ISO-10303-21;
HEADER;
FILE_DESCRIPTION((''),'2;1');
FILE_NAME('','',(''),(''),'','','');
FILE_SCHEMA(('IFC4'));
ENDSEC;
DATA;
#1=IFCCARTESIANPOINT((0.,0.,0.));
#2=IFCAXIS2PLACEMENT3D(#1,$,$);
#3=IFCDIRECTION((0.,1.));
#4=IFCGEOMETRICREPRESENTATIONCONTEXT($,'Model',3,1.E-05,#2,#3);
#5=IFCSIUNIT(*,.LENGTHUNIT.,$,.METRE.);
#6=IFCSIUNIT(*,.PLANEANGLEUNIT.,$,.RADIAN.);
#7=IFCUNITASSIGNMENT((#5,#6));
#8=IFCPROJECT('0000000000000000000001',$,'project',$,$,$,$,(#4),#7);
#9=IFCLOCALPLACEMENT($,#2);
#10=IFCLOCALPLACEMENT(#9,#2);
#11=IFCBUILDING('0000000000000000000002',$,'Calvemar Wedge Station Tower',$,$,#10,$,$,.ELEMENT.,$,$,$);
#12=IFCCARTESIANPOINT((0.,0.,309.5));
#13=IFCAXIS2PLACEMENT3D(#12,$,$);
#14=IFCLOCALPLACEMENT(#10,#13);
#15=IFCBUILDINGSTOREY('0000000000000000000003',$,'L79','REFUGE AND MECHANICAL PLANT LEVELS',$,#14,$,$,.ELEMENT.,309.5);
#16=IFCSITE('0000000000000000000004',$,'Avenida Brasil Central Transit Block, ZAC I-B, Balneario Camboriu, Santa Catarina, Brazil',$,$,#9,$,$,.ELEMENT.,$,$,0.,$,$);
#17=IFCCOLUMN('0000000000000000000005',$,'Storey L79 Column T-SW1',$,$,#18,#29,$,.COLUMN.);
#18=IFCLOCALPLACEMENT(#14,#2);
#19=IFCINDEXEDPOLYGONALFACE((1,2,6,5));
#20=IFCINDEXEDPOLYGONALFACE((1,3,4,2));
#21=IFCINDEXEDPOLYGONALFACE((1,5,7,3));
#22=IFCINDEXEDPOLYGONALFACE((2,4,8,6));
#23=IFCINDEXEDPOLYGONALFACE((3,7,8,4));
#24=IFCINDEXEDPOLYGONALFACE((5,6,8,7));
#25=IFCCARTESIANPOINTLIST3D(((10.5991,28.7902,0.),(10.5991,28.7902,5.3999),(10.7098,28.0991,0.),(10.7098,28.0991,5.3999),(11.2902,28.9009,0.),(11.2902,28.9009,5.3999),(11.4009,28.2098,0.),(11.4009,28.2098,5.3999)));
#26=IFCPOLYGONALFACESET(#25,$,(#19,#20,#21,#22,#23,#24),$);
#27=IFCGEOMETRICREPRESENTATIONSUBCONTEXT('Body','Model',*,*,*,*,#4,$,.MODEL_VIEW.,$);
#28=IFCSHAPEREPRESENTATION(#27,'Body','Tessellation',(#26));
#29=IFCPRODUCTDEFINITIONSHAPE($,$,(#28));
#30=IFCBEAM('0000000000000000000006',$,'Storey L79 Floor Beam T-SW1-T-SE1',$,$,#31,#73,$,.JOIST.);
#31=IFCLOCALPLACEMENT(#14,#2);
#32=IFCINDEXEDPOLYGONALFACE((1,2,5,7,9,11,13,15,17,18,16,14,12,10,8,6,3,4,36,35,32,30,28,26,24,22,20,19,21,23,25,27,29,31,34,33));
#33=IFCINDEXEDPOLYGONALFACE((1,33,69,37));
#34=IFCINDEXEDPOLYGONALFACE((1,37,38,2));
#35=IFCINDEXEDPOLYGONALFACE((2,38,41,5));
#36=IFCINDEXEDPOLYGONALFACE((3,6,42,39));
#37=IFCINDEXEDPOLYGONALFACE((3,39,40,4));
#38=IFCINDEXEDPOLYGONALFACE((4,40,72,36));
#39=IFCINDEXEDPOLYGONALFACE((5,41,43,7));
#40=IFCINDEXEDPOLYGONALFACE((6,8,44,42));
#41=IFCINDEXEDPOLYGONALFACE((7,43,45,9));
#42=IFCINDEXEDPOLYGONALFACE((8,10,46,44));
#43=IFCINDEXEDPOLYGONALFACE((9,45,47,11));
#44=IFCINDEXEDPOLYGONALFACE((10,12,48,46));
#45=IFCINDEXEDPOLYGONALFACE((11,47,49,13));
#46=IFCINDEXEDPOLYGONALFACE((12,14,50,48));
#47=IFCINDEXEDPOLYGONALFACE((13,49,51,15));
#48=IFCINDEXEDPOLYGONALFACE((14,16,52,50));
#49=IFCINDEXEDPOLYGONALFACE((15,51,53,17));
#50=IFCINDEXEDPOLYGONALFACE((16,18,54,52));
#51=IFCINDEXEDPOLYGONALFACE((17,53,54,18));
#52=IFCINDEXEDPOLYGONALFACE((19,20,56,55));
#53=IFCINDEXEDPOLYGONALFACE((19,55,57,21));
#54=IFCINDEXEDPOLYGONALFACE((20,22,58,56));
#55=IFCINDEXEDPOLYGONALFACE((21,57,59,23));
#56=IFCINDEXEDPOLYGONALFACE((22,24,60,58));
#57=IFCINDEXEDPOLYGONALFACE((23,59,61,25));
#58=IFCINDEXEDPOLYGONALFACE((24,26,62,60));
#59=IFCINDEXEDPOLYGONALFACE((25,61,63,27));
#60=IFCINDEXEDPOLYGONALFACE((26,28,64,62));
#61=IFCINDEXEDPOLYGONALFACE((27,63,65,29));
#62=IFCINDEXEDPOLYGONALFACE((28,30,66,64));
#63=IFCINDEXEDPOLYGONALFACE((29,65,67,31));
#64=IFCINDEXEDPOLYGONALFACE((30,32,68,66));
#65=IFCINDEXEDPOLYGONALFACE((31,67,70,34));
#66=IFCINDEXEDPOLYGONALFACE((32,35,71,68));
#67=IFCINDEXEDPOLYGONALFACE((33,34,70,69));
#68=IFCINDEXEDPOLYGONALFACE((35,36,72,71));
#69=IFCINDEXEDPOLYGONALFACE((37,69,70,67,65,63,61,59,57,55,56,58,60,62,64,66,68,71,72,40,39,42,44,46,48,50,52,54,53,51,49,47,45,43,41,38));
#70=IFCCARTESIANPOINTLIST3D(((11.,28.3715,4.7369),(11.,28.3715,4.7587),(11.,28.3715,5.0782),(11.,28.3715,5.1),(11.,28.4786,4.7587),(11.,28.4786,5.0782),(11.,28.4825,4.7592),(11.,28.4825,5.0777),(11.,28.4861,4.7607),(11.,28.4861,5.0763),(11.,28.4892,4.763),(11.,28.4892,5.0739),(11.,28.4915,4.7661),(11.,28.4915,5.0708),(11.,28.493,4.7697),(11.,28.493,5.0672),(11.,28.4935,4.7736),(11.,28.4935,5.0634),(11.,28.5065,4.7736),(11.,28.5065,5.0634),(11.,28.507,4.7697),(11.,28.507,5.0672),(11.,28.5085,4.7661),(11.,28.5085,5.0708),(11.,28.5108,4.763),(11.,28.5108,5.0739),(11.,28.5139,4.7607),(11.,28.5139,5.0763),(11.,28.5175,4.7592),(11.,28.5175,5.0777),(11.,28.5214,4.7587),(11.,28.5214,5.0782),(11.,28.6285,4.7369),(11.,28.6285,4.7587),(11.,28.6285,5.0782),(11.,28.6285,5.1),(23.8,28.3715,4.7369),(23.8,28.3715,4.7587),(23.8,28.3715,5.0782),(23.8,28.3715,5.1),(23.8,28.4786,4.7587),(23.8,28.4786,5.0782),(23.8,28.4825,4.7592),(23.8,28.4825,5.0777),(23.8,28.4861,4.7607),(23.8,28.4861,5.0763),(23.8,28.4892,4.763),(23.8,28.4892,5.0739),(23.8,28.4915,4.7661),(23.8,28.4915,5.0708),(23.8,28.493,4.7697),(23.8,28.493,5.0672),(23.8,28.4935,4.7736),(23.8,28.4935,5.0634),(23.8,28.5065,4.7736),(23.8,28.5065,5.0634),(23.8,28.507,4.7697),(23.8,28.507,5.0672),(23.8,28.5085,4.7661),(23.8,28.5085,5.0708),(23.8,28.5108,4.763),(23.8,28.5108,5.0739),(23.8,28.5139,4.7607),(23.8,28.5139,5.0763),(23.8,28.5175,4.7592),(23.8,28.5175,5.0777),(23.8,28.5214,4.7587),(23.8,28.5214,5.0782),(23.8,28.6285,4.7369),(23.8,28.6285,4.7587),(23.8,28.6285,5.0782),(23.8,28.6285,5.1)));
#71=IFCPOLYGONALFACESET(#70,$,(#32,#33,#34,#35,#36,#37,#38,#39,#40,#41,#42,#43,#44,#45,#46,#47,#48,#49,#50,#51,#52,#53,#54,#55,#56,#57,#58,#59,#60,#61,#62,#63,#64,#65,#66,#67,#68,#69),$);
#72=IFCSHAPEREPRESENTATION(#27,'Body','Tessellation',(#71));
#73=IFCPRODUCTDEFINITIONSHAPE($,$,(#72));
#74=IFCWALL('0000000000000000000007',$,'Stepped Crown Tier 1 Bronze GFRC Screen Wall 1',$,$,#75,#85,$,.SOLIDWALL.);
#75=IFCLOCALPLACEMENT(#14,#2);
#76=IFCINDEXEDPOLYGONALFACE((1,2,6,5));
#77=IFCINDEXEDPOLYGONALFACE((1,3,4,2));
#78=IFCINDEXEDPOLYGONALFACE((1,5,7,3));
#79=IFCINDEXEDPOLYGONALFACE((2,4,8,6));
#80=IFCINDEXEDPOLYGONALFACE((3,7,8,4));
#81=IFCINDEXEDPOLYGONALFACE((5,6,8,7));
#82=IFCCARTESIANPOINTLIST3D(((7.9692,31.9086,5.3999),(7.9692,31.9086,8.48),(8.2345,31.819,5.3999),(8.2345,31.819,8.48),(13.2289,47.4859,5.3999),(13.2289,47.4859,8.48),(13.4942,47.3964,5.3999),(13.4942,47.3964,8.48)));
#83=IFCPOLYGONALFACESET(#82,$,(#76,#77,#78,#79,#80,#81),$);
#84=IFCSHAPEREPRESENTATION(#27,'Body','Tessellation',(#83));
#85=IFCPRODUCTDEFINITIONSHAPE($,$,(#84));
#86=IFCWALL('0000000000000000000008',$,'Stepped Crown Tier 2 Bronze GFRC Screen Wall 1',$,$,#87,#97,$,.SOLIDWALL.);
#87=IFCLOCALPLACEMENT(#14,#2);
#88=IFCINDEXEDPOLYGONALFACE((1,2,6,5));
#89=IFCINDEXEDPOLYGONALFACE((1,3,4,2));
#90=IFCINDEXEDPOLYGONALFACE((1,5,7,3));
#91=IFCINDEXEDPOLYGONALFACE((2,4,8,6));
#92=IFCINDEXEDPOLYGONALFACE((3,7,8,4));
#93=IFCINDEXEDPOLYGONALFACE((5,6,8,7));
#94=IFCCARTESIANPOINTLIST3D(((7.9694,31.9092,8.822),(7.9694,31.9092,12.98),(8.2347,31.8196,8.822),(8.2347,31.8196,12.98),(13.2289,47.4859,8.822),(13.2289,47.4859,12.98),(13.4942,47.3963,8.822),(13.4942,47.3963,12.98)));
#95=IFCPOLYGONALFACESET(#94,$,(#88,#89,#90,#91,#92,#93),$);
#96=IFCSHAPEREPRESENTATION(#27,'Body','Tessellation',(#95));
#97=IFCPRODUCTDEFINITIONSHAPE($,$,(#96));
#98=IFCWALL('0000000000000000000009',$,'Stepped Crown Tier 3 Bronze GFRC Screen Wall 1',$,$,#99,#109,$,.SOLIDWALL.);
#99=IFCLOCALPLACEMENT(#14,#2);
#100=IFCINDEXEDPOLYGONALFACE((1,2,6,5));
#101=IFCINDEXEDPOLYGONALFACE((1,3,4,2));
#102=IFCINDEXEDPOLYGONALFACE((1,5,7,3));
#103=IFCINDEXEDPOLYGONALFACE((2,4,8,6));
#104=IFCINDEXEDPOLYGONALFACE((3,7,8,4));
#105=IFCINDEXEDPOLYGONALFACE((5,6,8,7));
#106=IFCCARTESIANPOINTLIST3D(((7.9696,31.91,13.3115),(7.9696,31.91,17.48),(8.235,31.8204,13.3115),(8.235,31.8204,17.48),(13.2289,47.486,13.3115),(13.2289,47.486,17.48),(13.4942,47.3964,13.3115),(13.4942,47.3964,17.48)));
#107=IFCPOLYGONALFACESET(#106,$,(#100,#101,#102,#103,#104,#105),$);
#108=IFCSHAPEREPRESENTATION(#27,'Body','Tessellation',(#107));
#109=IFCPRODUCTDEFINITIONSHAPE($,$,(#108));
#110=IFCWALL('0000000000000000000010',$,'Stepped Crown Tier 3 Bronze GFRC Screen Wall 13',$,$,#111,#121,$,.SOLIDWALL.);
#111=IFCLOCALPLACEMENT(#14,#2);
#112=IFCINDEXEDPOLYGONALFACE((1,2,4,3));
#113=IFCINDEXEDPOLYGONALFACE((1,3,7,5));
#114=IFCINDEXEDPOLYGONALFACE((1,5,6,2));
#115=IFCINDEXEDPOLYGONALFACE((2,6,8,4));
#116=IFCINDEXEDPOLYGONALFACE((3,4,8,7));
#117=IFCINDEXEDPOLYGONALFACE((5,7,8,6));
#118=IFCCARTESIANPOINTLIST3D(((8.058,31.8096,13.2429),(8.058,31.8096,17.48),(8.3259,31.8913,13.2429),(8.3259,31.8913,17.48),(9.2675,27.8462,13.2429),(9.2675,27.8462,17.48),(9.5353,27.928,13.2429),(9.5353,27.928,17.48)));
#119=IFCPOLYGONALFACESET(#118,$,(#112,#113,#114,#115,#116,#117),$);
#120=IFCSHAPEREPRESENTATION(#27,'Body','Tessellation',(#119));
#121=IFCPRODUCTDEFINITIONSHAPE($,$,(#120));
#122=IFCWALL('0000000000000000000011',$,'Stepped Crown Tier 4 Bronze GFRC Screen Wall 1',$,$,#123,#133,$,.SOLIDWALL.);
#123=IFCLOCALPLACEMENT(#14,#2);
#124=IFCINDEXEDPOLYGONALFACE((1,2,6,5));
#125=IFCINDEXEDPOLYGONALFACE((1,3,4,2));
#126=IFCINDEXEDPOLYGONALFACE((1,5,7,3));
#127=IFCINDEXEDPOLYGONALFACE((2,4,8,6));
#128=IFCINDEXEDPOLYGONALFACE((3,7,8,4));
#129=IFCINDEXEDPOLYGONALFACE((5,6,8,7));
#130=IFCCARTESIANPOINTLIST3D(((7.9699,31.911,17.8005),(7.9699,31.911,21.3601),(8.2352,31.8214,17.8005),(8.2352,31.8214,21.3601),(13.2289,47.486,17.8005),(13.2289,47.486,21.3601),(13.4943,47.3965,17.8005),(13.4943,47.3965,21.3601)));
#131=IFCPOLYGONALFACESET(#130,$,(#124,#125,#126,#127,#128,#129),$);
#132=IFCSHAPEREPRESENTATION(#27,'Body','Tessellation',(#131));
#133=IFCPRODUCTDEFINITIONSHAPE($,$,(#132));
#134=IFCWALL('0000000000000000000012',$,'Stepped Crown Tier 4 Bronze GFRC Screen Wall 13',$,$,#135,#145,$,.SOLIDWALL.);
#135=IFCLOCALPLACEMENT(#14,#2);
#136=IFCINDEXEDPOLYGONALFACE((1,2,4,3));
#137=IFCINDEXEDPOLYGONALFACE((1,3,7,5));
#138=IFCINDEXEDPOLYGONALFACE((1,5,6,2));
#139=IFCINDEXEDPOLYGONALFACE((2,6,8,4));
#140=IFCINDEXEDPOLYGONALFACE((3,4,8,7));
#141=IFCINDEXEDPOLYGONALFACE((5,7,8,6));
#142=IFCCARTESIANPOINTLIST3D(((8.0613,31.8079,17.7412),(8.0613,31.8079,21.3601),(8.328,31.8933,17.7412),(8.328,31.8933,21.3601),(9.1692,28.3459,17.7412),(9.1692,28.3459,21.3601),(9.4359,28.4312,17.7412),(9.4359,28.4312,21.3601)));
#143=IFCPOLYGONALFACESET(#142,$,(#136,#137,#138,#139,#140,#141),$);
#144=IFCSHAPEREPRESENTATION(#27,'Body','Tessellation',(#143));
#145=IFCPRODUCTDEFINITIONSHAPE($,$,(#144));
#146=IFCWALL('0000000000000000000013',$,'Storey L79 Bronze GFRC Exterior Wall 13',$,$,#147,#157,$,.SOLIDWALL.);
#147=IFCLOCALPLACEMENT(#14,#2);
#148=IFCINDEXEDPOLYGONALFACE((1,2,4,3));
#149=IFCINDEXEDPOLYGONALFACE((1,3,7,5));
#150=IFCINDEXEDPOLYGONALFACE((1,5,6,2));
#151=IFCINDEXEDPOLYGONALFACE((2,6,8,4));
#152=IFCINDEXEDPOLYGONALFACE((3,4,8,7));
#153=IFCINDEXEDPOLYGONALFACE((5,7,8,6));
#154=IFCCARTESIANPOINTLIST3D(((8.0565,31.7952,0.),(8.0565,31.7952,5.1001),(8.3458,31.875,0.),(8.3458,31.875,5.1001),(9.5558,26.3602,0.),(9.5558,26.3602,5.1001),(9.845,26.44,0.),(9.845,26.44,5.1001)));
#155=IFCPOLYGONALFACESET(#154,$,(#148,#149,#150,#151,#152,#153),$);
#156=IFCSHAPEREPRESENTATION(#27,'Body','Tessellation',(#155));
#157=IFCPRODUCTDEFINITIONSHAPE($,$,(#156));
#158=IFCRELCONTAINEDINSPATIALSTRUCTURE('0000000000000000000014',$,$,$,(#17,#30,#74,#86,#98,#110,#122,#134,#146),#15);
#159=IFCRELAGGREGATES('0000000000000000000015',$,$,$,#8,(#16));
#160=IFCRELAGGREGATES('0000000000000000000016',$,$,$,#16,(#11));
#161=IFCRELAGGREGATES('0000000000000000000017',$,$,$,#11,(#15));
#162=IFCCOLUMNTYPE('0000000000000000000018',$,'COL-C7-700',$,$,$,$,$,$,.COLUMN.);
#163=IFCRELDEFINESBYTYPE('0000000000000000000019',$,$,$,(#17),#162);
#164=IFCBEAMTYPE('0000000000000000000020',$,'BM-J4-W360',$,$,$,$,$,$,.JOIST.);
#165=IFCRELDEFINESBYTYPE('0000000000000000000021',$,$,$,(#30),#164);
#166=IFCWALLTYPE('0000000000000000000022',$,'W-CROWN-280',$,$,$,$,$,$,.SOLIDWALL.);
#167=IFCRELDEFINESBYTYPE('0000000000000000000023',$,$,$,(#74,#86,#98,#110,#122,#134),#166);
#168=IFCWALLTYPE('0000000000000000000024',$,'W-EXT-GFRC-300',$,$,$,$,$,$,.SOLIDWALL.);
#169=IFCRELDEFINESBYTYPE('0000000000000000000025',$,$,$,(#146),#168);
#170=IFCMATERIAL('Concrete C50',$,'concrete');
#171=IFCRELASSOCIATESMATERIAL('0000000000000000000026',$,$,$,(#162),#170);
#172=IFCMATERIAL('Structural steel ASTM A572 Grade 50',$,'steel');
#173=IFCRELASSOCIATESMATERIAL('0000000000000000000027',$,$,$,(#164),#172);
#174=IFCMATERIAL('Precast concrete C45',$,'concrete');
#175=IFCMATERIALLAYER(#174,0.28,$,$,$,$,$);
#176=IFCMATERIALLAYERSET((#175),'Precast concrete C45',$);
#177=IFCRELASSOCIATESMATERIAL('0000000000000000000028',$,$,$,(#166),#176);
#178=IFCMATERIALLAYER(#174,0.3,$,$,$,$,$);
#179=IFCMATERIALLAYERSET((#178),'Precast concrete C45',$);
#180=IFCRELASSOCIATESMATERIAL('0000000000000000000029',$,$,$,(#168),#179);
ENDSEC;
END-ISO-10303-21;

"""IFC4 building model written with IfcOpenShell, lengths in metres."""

from ifc_helpers import new_model, si_unit, direction, frame, frame_2d, origin, origin_2d, place, context, subcontext, project, spatial, rectangle, i_section, extrude, source, transform, mapped, material, layer, layer_set, material_profile, profile_set, type_object, element, save


model = new_model("IFC4")

# Units and contexts
model_context = context("Model", 3, precision=1e-05, world=origin(), true_north=direction((0.0, 1.0)))
body_context = subcontext(model_context, "Body", "Model", "MODEL_VIEW")
ifc_project = project(units=[si_unit("LENGTHUNIT", "METRE"), si_unit("PLANEANGLEUNIT", "RADIAN")], contexts=[model_context])

# Site, building, storey
site_placement = place(None, origin())
site = spatial("IfcSite", under=ifc_project, at=site_placement, Name="Avenida Brasil Central Transit Block, ZAC I-B, Balneario Camboriu, Santa Catarina, Brazil", CompositionType="ELEMENT", RefElevation=0.0)
building_placement = place(site_placement, origin())
building = spatial("IfcBuilding", under=site, at=building_placement, Name="Calvemar Wedge Station Tower", CompositionType="ELEMENT")
storey_placement = place(building_placement, frame((0.0, 0.0, 309.5)))
storey = spatial("IfcBuildingStorey", under=building, at=storey_placement, Name="L79", Description="REFUGE AND MECHANICAL PLANT LEVELS", CompositionType="ELEMENT", Elevation=309.5)

# Column
ifc_material_1 = material(Name="Concrete C50", Category="concrete")
ifc_material_profile_1 = material_profile(ifc_material_1, rectangle(XDim=0.7, YDim=0.7, at=origin_2d()), Name="RC700x700")
ifc_profile_set_1 = profile_set([ifc_material_profile_1], Name="Concrete C50")
column_type = type_object("IfcColumnType", Name="COL-C7-700", PredefinedType="COLUMN", material=ifc_profile_set_1)
shared_shape_1 = source(origin(), body_context, "Body", "SweptSolid", [
    extrude(rectangle(XDim=0.7, YDim=0.7, at=origin_2d()), origin(), (0.0, 0.0, 1.0), 5.3999),
])
column_placement = place(storey_placement, frame((11.0, 28.5, 0.0), z_axis=(0.0, 0.0, 1.0), x_axis=(0.158158, -0.987414, 0.0)))
element("IfcColumn", 1, at=column_placement, inside=storey, type_object=column_type, Name="Storey L79 Column T-SW1", PredefinedType="COLUMN", context=body_context, shape_type="MappedRepresentation", body=[
    mapped(shared_shape_1, transform((0.0, 0.0, 0.0), scale=1.0)),
])

# Beam
ifc_material_2 = material(Name="Structural steel ASTM A572 Grade 50", Category="steel")
ifc_material_profile_2 = material_profile(ifc_material_2, i_section(OverallWidth=0.2571, OverallDepth=0.363, WebThickness=0.0129, FlangeThickness=0.0217, FilletRadius=0.0149, at=origin_2d()), Name="W360x122")
ifc_profile_set_2 = profile_set([ifc_material_profile_2], Name="Structural steel ASTM A572 Grade 50")
beam_type = type_object("IfcBeamType", Name="BM-J4-W360", PredefinedType="JOIST", material=ifc_profile_set_2)
shared_shape_2 = source(origin(), body_context, "Body", "SweptSolid", [
    extrude(i_section(OverallWidth=0.2571, OverallDepth=0.363, WebThickness=0.0129, FlangeThickness=0.0217, FilletRadius=0.0149, at=origin_2d()), origin(), (0.0, 0.0, 1.0), 12.8),
])
beam_placement = place(storey_placement, frame((11.0, 28.5, 4.9185), z_axis=(1.0, 0.0, 0.0), x_axis=(0.0, 1.0, 0.0)))
element("IfcBeam", 2, at=beam_placement, inside=storey, type_object=beam_type, Name="Storey L79 Floor Beam T-SW1-T-SE1", PredefinedType="JOIST", context=body_context, shape_type="MappedRepresentation", body=[
    mapped(shared_shape_2, transform((0.0, 0.0, 0.0), scale=1.0)),
])

# Walls
ifc_material_3 = material(Name="Precast concrete C45", Category="concrete")
ifc_layer_1 = layer(ifc_material_3, 0.28)
ifc_layer_set_1 = layer_set([ifc_layer_1], Name="Precast concrete C45")
wall_type_1 = type_object("IfcWallType", Name="W-CROWN-280", PredefinedType="SOLIDWALL", material=ifc_layer_set_1)
wall_1_placement = place(storey_placement, frame((8.1018, 31.8638, 5.3999), z_axis=(0.0, 0.0, 1.0), x_axis=(0.319909, 0.947448, 0.0)))
element("IfcWall", 3, at=wall_1_placement, inside=storey, type_object=wall_type_1, Name="Stepped Crown Tier 1 Bronze GFRC Screen Wall 1", PredefinedType="SOLIDWALL", context=body_context, shape_type="SweptSolid", body=[
    extrude(rectangle(XDim=16.4414, YDim=0.28, at=frame_2d((8.2207, 0.0))), origin(), (0.0, 0.0, 1.0), 3.0801),
])
wall_2_placement = place(storey_placement, frame((8.1021, 31.8645, 8.822), z_axis=(0.0, 0.0, 1.0), x_axis=(0.31991, 0.947448, 0.0)))
element("IfcWall", 4, at=wall_2_placement, inside=storey, type_object=wall_type_1, Name="Stepped Crown Tier 2 Bronze GFRC Screen Wall 1", PredefinedType="SOLIDWALL", context=body_context, shape_type="SweptSolid", body=[
    extrude(rectangle(XDim=16.4407, YDim=0.28, at=frame_2d((8.2202, 0.0))), origin(), (0.0, 0.0, 1.0), 4.158),
])
wall_3_placement = place(storey_placement, frame((8.1023, 31.8652, 13.3115), z_axis=(0.0, 0.0, 1.0), x_axis=(0.31991, 0.947448, 0.0)))
element("IfcWall", 5, at=wall_3_placement, inside=storey, type_object=wall_type_1, Name="Stepped Crown Tier 3 Bronze GFRC Screen Wall 1", PredefinedType="SOLIDWALL", context=body_context, shape_type="SweptSolid", body=[
    extrude(rectangle(XDim=16.4399, YDim=0.28, at=frame_2d((8.22, 0.0))), origin(), (0.0, 0.0, 1.0), 4.1685),
])
wall_4_placement = place(storey_placement, frame((9.4014, 27.8872, 13.2429), z_axis=(0.0, 0.0, 1.0), x_axis=(-0.291874, 0.956457, 0.0)))
element("IfcWall", 6, at=wall_4_placement, inside=storey, type_object=wall_type_1, Name="Stepped Crown Tier 3 Bronze GFRC Screen Wall 13", PredefinedType="SOLIDWALL", context=body_context, shape_type="SweptSolid", body=[
    extrude(rectangle(XDim=4.1438, YDim=0.28, at=frame_2d((2.0718, 0.0))), origin(), (0.0, 0.0, 1.0), 4.2371),
])
wall_5_placement = place(storey_placement, frame((8.1025, 31.8662, 17.8005), z_axis=(0.0, 0.0, 1.0), x_axis=(0.319914, 0.947446, 0.0)))
element("IfcWall", 7, at=wall_5_placement, inside=storey, type_object=wall_type_1, Name="Stepped Crown Tier 4 Bronze GFRC Screen Wall 1", PredefinedType="SOLIDWALL", context=body_context, shape_type="SweptSolid", body=[
    extrude(rectangle(XDim=16.439, YDim=0.28, at=frame_2d((8.2195, 0.0))), origin(), (0.0, 0.0, 1.0), 3.5596),
])
wall_6_placement = place(storey_placement, frame((9.3025, 28.3887, 17.7412), z_axis=(0.0, 0.0, 1.0), x_axis=(-0.304781, 0.952423, 0.0)))
element("IfcWall", 8, at=wall_6_placement, inside=storey, type_object=wall_type_1, Name="Stepped Crown Tier 4 Bronze GFRC Screen Wall 13", PredefinedType="SOLIDWALL", context=body_context, shape_type="SweptSolid", body=[
    extrude(rectangle(XDim=3.635, YDim=0.28, at=frame_2d((1.8174, 0.0))), origin(), (0.0, 0.0, 1.0), 3.6189),
])
ifc_layer_2 = layer(ifc_material_3, 0.3)
ifc_layer_set_2 = layer_set([ifc_layer_2], Name="Precast concrete C45")
wall_type_2 = type_object("IfcWallType", Name="W-EXT-GFRC-300", PredefinedType="SOLIDWALL", material=ifc_layer_set_2)
wall_7_placement = place(storey_placement, frame((8.2012, 31.835, 0.0), z_axis=(0.0, 0.0, 1.0), x_axis=(0.265919, -0.963995, 0.0)))
element("IfcWall", 9, at=wall_7_placement, inside=storey, type_object=wall_type_2, Name="Storey L79 Bronze GFRC Exterior Wall 13", PredefinedType="SOLIDWALL", context=body_context, shape_type="SweptSolid", body=[
    extrude(rectangle(XDim=5.6379, YDim=0.3, at=frame_2d((2.8188, 0.0))), origin(), (0.0, 0.0, 1.0), 5.1001),
])

save(model, "model.ifc")
